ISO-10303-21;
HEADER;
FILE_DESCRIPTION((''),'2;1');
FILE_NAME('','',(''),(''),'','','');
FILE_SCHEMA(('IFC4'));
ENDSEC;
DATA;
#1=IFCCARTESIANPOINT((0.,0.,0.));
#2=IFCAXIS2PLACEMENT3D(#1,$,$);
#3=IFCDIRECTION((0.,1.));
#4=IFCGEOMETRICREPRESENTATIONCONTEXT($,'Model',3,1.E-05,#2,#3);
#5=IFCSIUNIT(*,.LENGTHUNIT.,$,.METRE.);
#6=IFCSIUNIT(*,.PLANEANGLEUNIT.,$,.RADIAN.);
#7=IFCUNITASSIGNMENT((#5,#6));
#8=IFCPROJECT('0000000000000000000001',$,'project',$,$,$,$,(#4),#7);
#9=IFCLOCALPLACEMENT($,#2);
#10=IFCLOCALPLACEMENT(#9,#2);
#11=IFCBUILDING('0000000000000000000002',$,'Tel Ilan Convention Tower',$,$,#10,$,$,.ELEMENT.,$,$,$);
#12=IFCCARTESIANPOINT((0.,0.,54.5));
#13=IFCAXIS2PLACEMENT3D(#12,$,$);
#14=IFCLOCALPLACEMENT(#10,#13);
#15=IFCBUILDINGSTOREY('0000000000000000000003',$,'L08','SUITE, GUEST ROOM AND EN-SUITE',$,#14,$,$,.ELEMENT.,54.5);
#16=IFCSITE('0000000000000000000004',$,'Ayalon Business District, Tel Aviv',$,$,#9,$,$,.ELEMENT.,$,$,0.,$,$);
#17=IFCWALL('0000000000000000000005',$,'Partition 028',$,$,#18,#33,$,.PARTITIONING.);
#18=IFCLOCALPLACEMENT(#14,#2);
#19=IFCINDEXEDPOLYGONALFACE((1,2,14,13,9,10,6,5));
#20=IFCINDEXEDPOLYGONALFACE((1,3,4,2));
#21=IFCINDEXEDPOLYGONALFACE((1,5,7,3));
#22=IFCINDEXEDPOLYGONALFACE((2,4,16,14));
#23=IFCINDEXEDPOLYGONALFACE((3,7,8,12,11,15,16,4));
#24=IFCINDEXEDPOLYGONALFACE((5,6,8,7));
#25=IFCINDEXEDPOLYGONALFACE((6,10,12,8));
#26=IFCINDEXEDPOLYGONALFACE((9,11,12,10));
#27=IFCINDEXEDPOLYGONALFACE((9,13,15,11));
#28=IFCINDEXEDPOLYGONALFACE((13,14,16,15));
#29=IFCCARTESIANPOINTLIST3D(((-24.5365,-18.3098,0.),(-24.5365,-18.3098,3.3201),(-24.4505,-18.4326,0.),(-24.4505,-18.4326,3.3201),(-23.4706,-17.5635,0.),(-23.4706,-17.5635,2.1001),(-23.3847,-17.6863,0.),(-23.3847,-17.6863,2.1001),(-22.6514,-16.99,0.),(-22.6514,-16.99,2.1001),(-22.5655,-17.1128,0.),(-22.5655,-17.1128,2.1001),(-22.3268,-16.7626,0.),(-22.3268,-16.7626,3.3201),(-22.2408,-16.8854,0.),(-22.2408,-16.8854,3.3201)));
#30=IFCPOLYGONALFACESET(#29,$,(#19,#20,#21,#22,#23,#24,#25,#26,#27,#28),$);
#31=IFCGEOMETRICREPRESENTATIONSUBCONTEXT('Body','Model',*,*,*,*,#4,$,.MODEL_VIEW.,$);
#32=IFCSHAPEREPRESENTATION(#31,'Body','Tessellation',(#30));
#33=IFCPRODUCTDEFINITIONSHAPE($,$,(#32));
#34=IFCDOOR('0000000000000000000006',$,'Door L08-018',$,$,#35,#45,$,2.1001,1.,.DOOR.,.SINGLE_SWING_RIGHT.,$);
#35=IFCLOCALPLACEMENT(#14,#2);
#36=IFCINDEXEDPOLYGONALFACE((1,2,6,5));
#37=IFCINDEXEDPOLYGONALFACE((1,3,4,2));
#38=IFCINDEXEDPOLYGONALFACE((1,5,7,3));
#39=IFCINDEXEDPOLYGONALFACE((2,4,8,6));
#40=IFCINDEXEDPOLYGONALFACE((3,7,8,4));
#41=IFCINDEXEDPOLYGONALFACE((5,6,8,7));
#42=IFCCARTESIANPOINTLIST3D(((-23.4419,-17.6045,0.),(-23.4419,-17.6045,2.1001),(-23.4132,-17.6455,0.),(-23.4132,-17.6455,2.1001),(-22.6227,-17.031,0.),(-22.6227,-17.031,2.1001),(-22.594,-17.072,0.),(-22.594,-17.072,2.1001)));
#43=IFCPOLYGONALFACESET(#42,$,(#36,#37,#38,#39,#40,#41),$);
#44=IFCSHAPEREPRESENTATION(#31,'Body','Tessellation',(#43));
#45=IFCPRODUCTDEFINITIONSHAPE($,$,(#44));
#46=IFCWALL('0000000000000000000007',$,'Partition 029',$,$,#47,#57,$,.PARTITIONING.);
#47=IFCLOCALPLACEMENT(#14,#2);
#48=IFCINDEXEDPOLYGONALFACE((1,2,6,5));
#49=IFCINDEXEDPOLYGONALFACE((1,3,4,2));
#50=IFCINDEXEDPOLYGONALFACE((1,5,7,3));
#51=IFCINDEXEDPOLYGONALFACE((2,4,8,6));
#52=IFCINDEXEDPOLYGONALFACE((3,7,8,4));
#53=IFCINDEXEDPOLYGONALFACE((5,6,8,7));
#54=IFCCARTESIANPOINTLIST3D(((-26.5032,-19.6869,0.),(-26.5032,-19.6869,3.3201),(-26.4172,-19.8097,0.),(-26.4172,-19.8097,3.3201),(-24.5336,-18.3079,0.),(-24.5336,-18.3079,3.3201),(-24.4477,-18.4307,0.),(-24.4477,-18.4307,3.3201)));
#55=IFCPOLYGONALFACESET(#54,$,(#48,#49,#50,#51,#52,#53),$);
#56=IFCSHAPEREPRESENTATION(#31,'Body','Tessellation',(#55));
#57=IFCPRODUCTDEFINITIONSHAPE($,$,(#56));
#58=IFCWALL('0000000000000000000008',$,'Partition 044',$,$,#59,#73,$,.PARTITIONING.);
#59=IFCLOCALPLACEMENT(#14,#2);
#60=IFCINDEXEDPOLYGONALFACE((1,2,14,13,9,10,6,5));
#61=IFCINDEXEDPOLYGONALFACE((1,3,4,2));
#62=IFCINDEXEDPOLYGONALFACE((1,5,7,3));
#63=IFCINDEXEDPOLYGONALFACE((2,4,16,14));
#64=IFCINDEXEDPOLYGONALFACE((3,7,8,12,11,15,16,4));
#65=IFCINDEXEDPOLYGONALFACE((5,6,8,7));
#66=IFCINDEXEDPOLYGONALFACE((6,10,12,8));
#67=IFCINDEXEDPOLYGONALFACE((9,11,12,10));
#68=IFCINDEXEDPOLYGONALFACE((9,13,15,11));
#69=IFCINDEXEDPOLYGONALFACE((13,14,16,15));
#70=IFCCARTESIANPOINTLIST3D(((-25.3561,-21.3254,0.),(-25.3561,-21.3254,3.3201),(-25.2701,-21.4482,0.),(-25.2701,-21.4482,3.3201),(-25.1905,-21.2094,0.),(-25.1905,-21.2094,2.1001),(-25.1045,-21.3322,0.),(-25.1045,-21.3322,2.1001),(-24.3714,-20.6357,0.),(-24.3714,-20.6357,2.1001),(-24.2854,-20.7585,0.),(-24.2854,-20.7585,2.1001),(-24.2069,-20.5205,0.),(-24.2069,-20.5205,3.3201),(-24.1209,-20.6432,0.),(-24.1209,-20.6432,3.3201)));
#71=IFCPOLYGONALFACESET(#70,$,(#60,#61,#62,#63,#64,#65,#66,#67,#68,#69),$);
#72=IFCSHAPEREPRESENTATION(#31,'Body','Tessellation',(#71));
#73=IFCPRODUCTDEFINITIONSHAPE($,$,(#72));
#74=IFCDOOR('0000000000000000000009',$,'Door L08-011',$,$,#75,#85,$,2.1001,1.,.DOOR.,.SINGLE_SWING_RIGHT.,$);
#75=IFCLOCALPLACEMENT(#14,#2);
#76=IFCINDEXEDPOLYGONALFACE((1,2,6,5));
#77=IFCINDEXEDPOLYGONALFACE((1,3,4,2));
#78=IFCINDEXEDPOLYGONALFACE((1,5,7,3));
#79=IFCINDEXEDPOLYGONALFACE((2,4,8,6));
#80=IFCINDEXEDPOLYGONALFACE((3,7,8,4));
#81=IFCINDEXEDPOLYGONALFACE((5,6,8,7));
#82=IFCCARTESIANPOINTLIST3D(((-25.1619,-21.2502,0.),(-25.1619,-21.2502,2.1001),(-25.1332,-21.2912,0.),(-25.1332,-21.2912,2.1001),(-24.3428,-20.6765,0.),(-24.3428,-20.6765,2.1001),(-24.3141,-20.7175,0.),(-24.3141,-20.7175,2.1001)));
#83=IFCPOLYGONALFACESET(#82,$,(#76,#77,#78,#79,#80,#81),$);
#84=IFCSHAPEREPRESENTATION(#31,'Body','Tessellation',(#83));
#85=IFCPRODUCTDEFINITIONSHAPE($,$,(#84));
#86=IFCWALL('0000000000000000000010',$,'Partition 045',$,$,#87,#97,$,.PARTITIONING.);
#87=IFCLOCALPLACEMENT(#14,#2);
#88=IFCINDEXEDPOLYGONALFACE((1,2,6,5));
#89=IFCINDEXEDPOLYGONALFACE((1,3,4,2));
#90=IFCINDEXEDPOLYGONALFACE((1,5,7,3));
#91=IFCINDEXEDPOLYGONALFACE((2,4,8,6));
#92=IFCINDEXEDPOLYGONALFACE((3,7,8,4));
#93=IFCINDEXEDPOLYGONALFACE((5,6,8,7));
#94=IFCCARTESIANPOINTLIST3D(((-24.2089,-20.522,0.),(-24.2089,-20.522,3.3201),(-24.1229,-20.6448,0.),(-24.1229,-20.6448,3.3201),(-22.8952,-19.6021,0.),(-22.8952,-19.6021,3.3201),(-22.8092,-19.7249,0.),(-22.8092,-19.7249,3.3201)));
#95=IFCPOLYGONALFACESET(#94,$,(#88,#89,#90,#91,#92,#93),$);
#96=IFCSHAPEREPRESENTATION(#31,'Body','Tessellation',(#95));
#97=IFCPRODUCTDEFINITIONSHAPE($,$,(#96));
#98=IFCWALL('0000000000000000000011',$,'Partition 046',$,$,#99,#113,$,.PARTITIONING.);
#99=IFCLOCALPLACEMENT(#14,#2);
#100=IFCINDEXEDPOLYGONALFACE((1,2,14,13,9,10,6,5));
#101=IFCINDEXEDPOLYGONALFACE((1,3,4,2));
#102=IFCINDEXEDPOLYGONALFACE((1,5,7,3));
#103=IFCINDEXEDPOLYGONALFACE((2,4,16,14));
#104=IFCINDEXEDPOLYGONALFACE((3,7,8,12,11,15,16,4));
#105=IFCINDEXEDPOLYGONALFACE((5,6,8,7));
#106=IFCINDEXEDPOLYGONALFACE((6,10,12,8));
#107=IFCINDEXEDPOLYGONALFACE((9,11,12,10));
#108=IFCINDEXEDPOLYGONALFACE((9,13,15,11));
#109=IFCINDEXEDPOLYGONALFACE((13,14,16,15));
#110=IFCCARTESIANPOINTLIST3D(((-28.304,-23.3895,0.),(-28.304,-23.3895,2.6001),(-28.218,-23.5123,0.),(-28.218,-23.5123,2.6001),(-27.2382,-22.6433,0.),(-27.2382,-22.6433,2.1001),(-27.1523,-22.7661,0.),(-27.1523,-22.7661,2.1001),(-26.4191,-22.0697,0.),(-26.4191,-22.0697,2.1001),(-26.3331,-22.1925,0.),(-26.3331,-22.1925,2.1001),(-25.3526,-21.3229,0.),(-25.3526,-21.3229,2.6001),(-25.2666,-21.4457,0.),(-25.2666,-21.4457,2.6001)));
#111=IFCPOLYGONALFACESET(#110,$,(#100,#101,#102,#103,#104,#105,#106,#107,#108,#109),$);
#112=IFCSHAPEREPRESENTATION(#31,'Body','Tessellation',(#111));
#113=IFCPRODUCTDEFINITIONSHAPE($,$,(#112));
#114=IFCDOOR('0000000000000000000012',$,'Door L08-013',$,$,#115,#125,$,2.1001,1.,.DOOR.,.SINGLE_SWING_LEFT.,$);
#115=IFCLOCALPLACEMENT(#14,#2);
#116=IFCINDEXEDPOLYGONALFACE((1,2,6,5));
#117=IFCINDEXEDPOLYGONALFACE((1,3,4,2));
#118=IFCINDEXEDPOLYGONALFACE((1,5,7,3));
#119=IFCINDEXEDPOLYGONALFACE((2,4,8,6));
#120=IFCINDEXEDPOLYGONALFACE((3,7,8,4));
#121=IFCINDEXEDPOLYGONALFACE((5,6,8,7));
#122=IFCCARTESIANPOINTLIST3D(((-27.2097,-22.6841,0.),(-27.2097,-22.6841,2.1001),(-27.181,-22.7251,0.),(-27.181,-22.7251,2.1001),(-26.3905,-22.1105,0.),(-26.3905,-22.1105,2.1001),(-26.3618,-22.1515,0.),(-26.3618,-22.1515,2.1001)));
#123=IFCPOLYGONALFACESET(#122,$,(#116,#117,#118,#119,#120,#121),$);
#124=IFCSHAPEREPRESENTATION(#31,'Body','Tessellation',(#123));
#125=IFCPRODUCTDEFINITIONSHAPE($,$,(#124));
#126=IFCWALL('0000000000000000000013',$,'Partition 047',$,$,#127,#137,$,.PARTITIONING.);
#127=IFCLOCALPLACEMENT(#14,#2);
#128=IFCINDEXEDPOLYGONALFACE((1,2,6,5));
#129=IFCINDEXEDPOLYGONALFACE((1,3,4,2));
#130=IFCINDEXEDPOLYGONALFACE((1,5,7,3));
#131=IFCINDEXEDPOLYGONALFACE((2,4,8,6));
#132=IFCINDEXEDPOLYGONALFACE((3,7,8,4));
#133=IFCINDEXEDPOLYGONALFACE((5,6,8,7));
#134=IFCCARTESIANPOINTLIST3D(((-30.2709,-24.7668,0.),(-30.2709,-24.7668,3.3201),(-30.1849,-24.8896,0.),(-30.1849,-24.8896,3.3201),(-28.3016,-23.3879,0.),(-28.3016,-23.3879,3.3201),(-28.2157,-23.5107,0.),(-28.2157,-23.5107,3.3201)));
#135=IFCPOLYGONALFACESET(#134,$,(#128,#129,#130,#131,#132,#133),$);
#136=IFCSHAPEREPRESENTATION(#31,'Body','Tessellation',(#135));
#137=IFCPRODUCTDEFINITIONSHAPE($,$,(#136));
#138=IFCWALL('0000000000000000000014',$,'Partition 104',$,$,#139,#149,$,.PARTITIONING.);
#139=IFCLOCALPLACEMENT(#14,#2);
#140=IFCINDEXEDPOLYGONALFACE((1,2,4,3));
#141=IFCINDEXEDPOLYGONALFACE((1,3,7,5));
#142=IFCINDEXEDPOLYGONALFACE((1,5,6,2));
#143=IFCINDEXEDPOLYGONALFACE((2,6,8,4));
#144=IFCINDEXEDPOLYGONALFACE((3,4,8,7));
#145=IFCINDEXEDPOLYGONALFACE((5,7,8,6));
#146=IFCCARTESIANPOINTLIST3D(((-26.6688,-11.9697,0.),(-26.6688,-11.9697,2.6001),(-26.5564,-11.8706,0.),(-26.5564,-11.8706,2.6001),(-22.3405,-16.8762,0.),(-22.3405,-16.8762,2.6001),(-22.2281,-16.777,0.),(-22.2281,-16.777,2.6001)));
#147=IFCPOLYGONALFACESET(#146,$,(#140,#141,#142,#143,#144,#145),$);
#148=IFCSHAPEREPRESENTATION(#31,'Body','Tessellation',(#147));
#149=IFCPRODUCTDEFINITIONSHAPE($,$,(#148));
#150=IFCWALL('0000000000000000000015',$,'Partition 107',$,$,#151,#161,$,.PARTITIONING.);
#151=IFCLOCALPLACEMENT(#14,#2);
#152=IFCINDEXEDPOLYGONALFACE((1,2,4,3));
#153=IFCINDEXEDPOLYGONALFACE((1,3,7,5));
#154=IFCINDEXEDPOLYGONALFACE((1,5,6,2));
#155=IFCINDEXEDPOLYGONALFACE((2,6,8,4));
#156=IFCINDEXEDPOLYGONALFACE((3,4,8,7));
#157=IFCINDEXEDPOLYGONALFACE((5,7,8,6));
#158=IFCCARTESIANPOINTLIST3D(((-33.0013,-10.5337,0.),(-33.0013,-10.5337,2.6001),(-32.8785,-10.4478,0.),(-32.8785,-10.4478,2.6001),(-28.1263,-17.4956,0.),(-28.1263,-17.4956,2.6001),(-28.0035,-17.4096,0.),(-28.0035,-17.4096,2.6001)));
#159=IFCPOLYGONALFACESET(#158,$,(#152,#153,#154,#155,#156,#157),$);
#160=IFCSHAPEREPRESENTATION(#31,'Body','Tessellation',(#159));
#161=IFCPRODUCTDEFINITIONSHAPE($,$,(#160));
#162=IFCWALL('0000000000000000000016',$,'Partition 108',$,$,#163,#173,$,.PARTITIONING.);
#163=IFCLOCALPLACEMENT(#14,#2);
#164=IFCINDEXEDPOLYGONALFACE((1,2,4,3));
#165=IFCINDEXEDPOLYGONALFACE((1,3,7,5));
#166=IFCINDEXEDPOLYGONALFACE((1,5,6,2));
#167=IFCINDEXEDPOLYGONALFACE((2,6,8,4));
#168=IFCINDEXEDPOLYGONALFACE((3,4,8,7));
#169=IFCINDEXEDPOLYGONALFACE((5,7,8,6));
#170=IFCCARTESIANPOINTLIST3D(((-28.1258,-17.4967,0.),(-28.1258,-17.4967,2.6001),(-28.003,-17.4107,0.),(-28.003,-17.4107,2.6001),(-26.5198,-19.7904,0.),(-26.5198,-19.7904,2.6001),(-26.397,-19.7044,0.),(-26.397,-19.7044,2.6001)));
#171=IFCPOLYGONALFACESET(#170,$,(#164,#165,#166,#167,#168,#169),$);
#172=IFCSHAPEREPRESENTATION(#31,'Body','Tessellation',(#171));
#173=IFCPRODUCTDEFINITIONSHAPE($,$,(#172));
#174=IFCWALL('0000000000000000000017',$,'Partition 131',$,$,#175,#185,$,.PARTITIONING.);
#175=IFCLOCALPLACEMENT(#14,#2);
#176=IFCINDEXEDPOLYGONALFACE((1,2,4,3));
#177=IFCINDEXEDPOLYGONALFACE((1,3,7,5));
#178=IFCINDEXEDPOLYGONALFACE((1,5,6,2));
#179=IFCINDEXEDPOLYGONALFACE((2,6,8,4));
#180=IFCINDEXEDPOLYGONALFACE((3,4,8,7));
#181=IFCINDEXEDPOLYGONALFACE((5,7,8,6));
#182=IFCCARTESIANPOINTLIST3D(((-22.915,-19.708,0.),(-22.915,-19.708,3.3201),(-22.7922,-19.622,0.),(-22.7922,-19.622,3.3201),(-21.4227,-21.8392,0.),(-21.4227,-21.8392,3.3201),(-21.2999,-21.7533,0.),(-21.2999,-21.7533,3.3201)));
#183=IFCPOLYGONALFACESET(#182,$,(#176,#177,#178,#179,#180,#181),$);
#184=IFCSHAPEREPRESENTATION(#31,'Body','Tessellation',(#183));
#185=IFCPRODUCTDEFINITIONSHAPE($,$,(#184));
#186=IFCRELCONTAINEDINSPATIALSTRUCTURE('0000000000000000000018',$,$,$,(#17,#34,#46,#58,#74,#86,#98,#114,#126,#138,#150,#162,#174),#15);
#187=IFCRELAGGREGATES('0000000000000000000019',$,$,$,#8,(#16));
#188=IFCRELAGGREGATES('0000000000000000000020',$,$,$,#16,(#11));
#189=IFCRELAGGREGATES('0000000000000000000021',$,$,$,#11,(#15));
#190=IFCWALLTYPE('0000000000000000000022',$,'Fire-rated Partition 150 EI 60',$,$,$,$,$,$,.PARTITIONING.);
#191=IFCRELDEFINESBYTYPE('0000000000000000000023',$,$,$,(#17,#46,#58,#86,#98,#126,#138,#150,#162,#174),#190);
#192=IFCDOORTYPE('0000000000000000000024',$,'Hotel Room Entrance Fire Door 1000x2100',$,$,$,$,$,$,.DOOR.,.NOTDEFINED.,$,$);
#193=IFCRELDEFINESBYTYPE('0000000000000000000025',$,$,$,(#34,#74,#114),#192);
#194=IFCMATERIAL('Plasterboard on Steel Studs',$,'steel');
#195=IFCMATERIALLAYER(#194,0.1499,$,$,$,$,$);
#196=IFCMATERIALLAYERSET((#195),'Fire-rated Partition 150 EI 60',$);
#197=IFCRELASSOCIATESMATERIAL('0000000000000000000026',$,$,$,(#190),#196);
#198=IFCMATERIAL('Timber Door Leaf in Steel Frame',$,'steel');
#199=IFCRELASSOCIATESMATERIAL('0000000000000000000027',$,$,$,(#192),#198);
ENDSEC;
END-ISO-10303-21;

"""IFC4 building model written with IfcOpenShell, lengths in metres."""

from ifc_helpers import new_model, si_unit, direction, frame, frame_2d, origin, place, context, subcontext, project, spatial, rectangle, extrude, material, layer, layer_set, type_object, element, fill, save


model = new_model("IFC4")

# Units and contexts
model_context = context("Model", 3, precision=1e-05, world=origin(), true_north=direction((0.0, 1.0)))
body_context = subcontext(model_context, "Body", "Model", "MODEL_VIEW")
ifc_project = project(units=[si_unit("LENGTHUNIT", "METRE"), si_unit("PLANEANGLEUNIT", "RADIAN")], contexts=[model_context])

# Site, building, storey
site_placement = place(None, origin())
site = spatial("IfcSite", under=ifc_project, at=site_placement, Name="Ayalon Business District, Tel Aviv", CompositionType="ELEMENT", RefElevation=0.0)
building_placement = place(site_placement, origin())
building = spatial("IfcBuilding", under=site, at=building_placement, Name="Tel Ilan Convention Tower", CompositionType="ELEMENT")
storey_placement = place(building_placement, frame((0.0, 0.0, 54.5)))
storey = spatial("IfcBuildingStorey", under=building, at=storey_placement, Name="L08", Description="SUITE, GUEST ROOM AND EN-SUITE", CompositionType="ELEMENT", Elevation=54.5)

# Wall, opening, door
ifc_material_1 = material(Name="Plasterboard on Steel Studs", Category="steel")
ifc_layer_1 = layer(ifc_material_1, 0.1499)
ifc_layer_set_1 = layer_set([ifc_layer_1], Name="Fire-rated Partition 150 EI 60")
wall_type_1 = type_object("IfcWallType", Name="Fire-rated Partition 150 EI 60", PredefinedType="PARTITIONING", material=ifc_layer_set_1)
wall_1_placement = place(storey_placement, frame((-24.4934, -18.3711, 0.0), z_axis=(0.0, 0.0, 1.0), x_axis=(0.819177, 0.573541, 0.0)))
wall_1 = element("IfcWall", 1, at=wall_1_placement, inside=storey, type_object=wall_type_1, Name="Partition 028", PredefinedType="PARTITIONING", context=body_context, shape_type="SweptSolid", body=[
    extrude(rectangle(XDim=2.6975, YDim=0.1499, at=frame_2d((1.3486, 0.0))), origin(), (0.0, 0.0, 1.0), 3.3201),
])
opening_1_placement = place(wall_1_placement, frame((1.301, 0.0, 0.0)))
opening_1 = element("IfcOpeningElement", 2, at=opening_1_placement, cuts=wall_1, PredefinedType="OPENING", context=body_context, shape_type="SweptSolid", body=[
    extrude(rectangle(XDim=1.0, YDim=2.1001, at=frame_2d((0.5, 1.05))), frame((0.0, 0.085, 0.0), z_axis=(0.0, -1.0, 0.0), x_axis=(1.0, 0.0, 0.0)), (0.0, 0.0, 1.0), 0.1699),
])
ifc_material_2 = material(Name="Timber Door Leaf in Steel Frame", Category="steel")
door_type_1 = type_object("IfcDoorType", Name="Hotel Room Entrance Fire Door 1000x2100", OperationType="NOTDEFINED", PredefinedType="DOOR", material=ifc_material_2)
door_1_placement = place(opening_1_placement, origin())
door_1 = element("IfcDoor", 3, at=door_1_placement, inside=storey, type_object=door_type_1, Name="Door L08-018", OperationType="SINGLE_SWING_RIGHT", OverallHeight=2.1001, OverallWidth=1.0, PredefinedType="DOOR", context=body_context, shape_type="SweptSolid", body=[
    extrude(rectangle(XDim=1.0, YDim=2.1001, at=frame_2d((0.5, 1.05))), frame((0.0, 0.0249, 0.0), z_axis=(0.0, -1.0, 0.0), x_axis=(1.0, 0.0, 0.0)), (0.0, 0.0, 1.0), 0.05),
])
fill(opening_1, door_1)

# Wall
wall_2_placement = place(storey_placement, frame((-26.4602, -19.7483, 0.0), z_axis=(0.0, 0.0, 1.0), x_axis=(0.819179, 0.573537, 0.0)))
element("IfcWall", 4, at=wall_2_placement, inside=storey, type_object=wall_type_1, Name="Partition 029", PredefinedType="PARTITIONING", context=body_context, shape_type="SweptSolid", body=[
    extrude(rectangle(XDim=2.4043, YDim=0.1499, at=frame_2d((1.2021, 0.0))), origin(), (0.0, 0.0, 1.0), 3.3201),
])

# Wall, opening, door
wall_3_placement = place(storey_placement, frame((-24.1638, -20.5818, 0.0), z_axis=(0.0, 0.0, 1.0), x_axis=(-0.81906, -0.573708, 0.0)))
wall_3 = element("IfcWall", 5, at=wall_3_placement, inside=storey, type_object=wall_type_1, Name="Partition 044", PredefinedType="PARTITIONING", context=body_context, shape_type="SweptSolid", body=[
    extrude(rectangle(XDim=1.4031, YDim=0.1499, at=frame_2d((0.7017, 0.0))), origin(), (0.0, 0.0, 1.0), 3.3201),
])
opening_2_placement = place(wall_3_placement, frame((0.2009, 0.0, 0.0)))
opening_2 = element("IfcOpeningElement", 6, at=opening_2_placement, cuts=wall_3, PredefinedType="OPENING", context=body_context, shape_type="SweptSolid", body=[
    extrude(rectangle(XDim=1.0, YDim=2.1001, at=frame_2d((0.5, 1.05))), frame((0.0, 0.085, 0.0), z_axis=(0.0, -1.0, 0.0), x_axis=(1.0, 0.0, 0.0)), (0.0, 0.0, 1.0), 0.1699),
])
door_2_placement = place(opening_2_placement, origin())
door_2 = element("IfcDoor", 7, at=door_2_placement, inside=storey, type_object=door_type_1, Name="Door L08-011", OperationType="SINGLE_SWING_RIGHT", OverallHeight=2.1001, OverallWidth=1.0, PredefinedType="DOOR", context=body_context, shape_type="SweptSolid", body=[
    extrude(rectangle(XDim=1.0, YDim=2.1001, at=frame_2d((0.5, 1.05))), frame((0.0, 0.0249, 0.0), z_axis=(0.0, -1.0, 0.0), x_axis=(1.0, 0.0, 0.0)), (0.0, 0.0, 1.0), 0.05),
])
fill(opening_2, door_2)

# Wall
wall_4_placement = place(storey_placement, frame((-22.8523, -19.6636, 0.0), z_axis=(0.0, 0.0, 1.0), x_axis=(-0.819139, -0.573595, 0.0)))
element("IfcWall", 8, at=wall_4_placement, inside=storey, type_object=wall_type_1, Name="Partition 045", PredefinedType="PARTITIONING", context=body_context, shape_type="SweptSolid", body=[
    extrude(rectangle(XDim=1.6038, YDim=0.1499, at=frame_2d((0.8018, 0.0))), origin(), (0.0, 0.0, 1.0), 3.3201),
])

# Wall, opening, door
wall_5_placement = place(storey_placement, frame((-25.3096, -21.3843, 0.0), z_axis=(0.0, 0.0, 1.0), x_axis=(-0.819146, -0.573585, 0.0)))
wall_5 = element("IfcWall", 9, at=wall_5_placement, inside=storey, type_object=wall_type_1, Name="Partition 046", PredefinedType="PARTITIONING", context=body_context, shape_type="SweptSolid", body=[
    extrude(rectangle(XDim=3.603, YDim=0.1499, at=frame_2d((1.8015, 0.0))), origin(), (0.0, 0.0, 1.0), 2.6001),
])
opening_3_placement = place(wall_5_placement, frame((1.302, 0.0, 0.0)))
opening_3 = element("IfcOpeningElement", 10, at=opening_3_placement, cuts=wall_5, PredefinedType="OPENING", context=body_context, shape_type="SweptSolid", body=[
    extrude(rectangle(XDim=1.0, YDim=2.1001, at=frame_2d((0.5, 1.05))), frame((0.0, 0.085, 0.0), z_axis=(0.0, -1.0, 0.0), x_axis=(1.0, 0.0, 0.0)), (0.0, 0.0, 1.0), 0.1699),
])
door_3_placement = place(opening_3_placement, origin())
door_3 = element("IfcDoor", 11, at=door_3_placement, inside=storey, type_object=door_type_1, Name="Door L08-013", OperationType="SINGLE_SWING_LEFT", OverallHeight=2.1001, OverallWidth=1.0, PredefinedType="DOOR", context=body_context, shape_type="SweptSolid", body=[
    extrude(rectangle(XDim=1.0, YDim=2.1001, at=frame_2d((0.5, 1.05))), frame((0.0, 0.0249, 0.0), z_axis=(0.0, -1.0, 0.0), x_axis=(1.0, 0.0, 0.0)), (0.0, 0.0, 1.0), 0.05),
])
fill(opening_3, door_3)

# Walls
wall_6_placement = place(storey_placement, frame((-28.2585, -23.4492, 0.0), z_axis=(0.0, 0.0, 1.0), x_axis=(-0.819146, -0.573585, 0.0)))
element("IfcWall", 12, at=wall_6_placement, inside=storey, type_object=wall_type_1, Name="Partition 047", PredefinedType="PARTITIONING", context=body_context, shape_type="SweptSolid", body=[
    extrude(rectangle(XDim=2.4041, YDim=0.1499, at=frame_2d((1.2021, 0.0))), origin(), (0.0, 0.0, 1.0), 3.3201),
])
wall_7_placement = place(storey_placement, frame((-22.2842, -16.8267, 0.0), z_axis=(0.0, 0.0, 1.0), x_axis=(-0.661545, 0.749905, 0.0)))
element("IfcWall", 13, at=wall_7_placement, inside=storey, type_object=wall_type_1, Name="Partition 104", PredefinedType="PARTITIONING", context=body_context, shape_type="SweptSolid", body=[
    extrude(rectangle(XDim=6.5427, YDim=0.1499, at=frame_2d((3.2715, 0.0))), origin(), (0.0, 0.0, 1.0), 2.6001),
])
wall_8_placement = place(storey_placement, frame((-28.0649, -17.4526, 0.0), z_axis=(0.0, 0.0, 1.0), x_axis=(-0.573593, 0.81914, 0.0)))
element("IfcWall", 14, at=wall_8_placement, inside=storey, type_object=wall_type_1, Name="Partition 107", PredefinedType="PARTITIONING", context=body_context, shape_type="SweptSolid", body=[
    extrude(rectangle(XDim=8.499, YDim=0.1499, at=frame_2d((4.2495, 0.0))), origin(), (0.0, 0.0, 1.0), 2.6001),
])
wall_9_placement = place(storey_placement, frame((-26.4585, -19.7473, 0.0), z_axis=(0.0, 0.0, 1.0), x_axis=(-0.57355, 0.81917, 0.0)))
element("IfcWall", 15, at=wall_9_placement, inside=storey, type_object=wall_type_1, Name="Partition 108", PredefinedType="PARTITIONING", context=body_context, shape_type="SweptSolid", body=[
    extrude(rectangle(XDim=2.8, YDim=0.1499, at=frame_2d((1.3999, 0.0))), origin(), (0.0, 0.0, 1.0), 2.6001),
])
wall_10_placement = place(storey_placement, frame((-21.3613, -21.7961, 0.0), z_axis=(0.0, 0.0, 1.0), x_axis=(-0.573588, 0.819144, 0.0)))
element("IfcWall", 16, at=wall_10_placement, inside=storey, type_object=wall_type_1, Name="Partition 131", PredefinedType="PARTITIONING", context=body_context, shape_type="SweptSolid", body=[
    extrude(rectangle(XDim=2.6018, YDim=0.1499, at=frame_2d((1.3008, 0.0))), origin(), (0.0, 0.0, 1.0), 3.3201),
])

save(model, "model.ifc")
